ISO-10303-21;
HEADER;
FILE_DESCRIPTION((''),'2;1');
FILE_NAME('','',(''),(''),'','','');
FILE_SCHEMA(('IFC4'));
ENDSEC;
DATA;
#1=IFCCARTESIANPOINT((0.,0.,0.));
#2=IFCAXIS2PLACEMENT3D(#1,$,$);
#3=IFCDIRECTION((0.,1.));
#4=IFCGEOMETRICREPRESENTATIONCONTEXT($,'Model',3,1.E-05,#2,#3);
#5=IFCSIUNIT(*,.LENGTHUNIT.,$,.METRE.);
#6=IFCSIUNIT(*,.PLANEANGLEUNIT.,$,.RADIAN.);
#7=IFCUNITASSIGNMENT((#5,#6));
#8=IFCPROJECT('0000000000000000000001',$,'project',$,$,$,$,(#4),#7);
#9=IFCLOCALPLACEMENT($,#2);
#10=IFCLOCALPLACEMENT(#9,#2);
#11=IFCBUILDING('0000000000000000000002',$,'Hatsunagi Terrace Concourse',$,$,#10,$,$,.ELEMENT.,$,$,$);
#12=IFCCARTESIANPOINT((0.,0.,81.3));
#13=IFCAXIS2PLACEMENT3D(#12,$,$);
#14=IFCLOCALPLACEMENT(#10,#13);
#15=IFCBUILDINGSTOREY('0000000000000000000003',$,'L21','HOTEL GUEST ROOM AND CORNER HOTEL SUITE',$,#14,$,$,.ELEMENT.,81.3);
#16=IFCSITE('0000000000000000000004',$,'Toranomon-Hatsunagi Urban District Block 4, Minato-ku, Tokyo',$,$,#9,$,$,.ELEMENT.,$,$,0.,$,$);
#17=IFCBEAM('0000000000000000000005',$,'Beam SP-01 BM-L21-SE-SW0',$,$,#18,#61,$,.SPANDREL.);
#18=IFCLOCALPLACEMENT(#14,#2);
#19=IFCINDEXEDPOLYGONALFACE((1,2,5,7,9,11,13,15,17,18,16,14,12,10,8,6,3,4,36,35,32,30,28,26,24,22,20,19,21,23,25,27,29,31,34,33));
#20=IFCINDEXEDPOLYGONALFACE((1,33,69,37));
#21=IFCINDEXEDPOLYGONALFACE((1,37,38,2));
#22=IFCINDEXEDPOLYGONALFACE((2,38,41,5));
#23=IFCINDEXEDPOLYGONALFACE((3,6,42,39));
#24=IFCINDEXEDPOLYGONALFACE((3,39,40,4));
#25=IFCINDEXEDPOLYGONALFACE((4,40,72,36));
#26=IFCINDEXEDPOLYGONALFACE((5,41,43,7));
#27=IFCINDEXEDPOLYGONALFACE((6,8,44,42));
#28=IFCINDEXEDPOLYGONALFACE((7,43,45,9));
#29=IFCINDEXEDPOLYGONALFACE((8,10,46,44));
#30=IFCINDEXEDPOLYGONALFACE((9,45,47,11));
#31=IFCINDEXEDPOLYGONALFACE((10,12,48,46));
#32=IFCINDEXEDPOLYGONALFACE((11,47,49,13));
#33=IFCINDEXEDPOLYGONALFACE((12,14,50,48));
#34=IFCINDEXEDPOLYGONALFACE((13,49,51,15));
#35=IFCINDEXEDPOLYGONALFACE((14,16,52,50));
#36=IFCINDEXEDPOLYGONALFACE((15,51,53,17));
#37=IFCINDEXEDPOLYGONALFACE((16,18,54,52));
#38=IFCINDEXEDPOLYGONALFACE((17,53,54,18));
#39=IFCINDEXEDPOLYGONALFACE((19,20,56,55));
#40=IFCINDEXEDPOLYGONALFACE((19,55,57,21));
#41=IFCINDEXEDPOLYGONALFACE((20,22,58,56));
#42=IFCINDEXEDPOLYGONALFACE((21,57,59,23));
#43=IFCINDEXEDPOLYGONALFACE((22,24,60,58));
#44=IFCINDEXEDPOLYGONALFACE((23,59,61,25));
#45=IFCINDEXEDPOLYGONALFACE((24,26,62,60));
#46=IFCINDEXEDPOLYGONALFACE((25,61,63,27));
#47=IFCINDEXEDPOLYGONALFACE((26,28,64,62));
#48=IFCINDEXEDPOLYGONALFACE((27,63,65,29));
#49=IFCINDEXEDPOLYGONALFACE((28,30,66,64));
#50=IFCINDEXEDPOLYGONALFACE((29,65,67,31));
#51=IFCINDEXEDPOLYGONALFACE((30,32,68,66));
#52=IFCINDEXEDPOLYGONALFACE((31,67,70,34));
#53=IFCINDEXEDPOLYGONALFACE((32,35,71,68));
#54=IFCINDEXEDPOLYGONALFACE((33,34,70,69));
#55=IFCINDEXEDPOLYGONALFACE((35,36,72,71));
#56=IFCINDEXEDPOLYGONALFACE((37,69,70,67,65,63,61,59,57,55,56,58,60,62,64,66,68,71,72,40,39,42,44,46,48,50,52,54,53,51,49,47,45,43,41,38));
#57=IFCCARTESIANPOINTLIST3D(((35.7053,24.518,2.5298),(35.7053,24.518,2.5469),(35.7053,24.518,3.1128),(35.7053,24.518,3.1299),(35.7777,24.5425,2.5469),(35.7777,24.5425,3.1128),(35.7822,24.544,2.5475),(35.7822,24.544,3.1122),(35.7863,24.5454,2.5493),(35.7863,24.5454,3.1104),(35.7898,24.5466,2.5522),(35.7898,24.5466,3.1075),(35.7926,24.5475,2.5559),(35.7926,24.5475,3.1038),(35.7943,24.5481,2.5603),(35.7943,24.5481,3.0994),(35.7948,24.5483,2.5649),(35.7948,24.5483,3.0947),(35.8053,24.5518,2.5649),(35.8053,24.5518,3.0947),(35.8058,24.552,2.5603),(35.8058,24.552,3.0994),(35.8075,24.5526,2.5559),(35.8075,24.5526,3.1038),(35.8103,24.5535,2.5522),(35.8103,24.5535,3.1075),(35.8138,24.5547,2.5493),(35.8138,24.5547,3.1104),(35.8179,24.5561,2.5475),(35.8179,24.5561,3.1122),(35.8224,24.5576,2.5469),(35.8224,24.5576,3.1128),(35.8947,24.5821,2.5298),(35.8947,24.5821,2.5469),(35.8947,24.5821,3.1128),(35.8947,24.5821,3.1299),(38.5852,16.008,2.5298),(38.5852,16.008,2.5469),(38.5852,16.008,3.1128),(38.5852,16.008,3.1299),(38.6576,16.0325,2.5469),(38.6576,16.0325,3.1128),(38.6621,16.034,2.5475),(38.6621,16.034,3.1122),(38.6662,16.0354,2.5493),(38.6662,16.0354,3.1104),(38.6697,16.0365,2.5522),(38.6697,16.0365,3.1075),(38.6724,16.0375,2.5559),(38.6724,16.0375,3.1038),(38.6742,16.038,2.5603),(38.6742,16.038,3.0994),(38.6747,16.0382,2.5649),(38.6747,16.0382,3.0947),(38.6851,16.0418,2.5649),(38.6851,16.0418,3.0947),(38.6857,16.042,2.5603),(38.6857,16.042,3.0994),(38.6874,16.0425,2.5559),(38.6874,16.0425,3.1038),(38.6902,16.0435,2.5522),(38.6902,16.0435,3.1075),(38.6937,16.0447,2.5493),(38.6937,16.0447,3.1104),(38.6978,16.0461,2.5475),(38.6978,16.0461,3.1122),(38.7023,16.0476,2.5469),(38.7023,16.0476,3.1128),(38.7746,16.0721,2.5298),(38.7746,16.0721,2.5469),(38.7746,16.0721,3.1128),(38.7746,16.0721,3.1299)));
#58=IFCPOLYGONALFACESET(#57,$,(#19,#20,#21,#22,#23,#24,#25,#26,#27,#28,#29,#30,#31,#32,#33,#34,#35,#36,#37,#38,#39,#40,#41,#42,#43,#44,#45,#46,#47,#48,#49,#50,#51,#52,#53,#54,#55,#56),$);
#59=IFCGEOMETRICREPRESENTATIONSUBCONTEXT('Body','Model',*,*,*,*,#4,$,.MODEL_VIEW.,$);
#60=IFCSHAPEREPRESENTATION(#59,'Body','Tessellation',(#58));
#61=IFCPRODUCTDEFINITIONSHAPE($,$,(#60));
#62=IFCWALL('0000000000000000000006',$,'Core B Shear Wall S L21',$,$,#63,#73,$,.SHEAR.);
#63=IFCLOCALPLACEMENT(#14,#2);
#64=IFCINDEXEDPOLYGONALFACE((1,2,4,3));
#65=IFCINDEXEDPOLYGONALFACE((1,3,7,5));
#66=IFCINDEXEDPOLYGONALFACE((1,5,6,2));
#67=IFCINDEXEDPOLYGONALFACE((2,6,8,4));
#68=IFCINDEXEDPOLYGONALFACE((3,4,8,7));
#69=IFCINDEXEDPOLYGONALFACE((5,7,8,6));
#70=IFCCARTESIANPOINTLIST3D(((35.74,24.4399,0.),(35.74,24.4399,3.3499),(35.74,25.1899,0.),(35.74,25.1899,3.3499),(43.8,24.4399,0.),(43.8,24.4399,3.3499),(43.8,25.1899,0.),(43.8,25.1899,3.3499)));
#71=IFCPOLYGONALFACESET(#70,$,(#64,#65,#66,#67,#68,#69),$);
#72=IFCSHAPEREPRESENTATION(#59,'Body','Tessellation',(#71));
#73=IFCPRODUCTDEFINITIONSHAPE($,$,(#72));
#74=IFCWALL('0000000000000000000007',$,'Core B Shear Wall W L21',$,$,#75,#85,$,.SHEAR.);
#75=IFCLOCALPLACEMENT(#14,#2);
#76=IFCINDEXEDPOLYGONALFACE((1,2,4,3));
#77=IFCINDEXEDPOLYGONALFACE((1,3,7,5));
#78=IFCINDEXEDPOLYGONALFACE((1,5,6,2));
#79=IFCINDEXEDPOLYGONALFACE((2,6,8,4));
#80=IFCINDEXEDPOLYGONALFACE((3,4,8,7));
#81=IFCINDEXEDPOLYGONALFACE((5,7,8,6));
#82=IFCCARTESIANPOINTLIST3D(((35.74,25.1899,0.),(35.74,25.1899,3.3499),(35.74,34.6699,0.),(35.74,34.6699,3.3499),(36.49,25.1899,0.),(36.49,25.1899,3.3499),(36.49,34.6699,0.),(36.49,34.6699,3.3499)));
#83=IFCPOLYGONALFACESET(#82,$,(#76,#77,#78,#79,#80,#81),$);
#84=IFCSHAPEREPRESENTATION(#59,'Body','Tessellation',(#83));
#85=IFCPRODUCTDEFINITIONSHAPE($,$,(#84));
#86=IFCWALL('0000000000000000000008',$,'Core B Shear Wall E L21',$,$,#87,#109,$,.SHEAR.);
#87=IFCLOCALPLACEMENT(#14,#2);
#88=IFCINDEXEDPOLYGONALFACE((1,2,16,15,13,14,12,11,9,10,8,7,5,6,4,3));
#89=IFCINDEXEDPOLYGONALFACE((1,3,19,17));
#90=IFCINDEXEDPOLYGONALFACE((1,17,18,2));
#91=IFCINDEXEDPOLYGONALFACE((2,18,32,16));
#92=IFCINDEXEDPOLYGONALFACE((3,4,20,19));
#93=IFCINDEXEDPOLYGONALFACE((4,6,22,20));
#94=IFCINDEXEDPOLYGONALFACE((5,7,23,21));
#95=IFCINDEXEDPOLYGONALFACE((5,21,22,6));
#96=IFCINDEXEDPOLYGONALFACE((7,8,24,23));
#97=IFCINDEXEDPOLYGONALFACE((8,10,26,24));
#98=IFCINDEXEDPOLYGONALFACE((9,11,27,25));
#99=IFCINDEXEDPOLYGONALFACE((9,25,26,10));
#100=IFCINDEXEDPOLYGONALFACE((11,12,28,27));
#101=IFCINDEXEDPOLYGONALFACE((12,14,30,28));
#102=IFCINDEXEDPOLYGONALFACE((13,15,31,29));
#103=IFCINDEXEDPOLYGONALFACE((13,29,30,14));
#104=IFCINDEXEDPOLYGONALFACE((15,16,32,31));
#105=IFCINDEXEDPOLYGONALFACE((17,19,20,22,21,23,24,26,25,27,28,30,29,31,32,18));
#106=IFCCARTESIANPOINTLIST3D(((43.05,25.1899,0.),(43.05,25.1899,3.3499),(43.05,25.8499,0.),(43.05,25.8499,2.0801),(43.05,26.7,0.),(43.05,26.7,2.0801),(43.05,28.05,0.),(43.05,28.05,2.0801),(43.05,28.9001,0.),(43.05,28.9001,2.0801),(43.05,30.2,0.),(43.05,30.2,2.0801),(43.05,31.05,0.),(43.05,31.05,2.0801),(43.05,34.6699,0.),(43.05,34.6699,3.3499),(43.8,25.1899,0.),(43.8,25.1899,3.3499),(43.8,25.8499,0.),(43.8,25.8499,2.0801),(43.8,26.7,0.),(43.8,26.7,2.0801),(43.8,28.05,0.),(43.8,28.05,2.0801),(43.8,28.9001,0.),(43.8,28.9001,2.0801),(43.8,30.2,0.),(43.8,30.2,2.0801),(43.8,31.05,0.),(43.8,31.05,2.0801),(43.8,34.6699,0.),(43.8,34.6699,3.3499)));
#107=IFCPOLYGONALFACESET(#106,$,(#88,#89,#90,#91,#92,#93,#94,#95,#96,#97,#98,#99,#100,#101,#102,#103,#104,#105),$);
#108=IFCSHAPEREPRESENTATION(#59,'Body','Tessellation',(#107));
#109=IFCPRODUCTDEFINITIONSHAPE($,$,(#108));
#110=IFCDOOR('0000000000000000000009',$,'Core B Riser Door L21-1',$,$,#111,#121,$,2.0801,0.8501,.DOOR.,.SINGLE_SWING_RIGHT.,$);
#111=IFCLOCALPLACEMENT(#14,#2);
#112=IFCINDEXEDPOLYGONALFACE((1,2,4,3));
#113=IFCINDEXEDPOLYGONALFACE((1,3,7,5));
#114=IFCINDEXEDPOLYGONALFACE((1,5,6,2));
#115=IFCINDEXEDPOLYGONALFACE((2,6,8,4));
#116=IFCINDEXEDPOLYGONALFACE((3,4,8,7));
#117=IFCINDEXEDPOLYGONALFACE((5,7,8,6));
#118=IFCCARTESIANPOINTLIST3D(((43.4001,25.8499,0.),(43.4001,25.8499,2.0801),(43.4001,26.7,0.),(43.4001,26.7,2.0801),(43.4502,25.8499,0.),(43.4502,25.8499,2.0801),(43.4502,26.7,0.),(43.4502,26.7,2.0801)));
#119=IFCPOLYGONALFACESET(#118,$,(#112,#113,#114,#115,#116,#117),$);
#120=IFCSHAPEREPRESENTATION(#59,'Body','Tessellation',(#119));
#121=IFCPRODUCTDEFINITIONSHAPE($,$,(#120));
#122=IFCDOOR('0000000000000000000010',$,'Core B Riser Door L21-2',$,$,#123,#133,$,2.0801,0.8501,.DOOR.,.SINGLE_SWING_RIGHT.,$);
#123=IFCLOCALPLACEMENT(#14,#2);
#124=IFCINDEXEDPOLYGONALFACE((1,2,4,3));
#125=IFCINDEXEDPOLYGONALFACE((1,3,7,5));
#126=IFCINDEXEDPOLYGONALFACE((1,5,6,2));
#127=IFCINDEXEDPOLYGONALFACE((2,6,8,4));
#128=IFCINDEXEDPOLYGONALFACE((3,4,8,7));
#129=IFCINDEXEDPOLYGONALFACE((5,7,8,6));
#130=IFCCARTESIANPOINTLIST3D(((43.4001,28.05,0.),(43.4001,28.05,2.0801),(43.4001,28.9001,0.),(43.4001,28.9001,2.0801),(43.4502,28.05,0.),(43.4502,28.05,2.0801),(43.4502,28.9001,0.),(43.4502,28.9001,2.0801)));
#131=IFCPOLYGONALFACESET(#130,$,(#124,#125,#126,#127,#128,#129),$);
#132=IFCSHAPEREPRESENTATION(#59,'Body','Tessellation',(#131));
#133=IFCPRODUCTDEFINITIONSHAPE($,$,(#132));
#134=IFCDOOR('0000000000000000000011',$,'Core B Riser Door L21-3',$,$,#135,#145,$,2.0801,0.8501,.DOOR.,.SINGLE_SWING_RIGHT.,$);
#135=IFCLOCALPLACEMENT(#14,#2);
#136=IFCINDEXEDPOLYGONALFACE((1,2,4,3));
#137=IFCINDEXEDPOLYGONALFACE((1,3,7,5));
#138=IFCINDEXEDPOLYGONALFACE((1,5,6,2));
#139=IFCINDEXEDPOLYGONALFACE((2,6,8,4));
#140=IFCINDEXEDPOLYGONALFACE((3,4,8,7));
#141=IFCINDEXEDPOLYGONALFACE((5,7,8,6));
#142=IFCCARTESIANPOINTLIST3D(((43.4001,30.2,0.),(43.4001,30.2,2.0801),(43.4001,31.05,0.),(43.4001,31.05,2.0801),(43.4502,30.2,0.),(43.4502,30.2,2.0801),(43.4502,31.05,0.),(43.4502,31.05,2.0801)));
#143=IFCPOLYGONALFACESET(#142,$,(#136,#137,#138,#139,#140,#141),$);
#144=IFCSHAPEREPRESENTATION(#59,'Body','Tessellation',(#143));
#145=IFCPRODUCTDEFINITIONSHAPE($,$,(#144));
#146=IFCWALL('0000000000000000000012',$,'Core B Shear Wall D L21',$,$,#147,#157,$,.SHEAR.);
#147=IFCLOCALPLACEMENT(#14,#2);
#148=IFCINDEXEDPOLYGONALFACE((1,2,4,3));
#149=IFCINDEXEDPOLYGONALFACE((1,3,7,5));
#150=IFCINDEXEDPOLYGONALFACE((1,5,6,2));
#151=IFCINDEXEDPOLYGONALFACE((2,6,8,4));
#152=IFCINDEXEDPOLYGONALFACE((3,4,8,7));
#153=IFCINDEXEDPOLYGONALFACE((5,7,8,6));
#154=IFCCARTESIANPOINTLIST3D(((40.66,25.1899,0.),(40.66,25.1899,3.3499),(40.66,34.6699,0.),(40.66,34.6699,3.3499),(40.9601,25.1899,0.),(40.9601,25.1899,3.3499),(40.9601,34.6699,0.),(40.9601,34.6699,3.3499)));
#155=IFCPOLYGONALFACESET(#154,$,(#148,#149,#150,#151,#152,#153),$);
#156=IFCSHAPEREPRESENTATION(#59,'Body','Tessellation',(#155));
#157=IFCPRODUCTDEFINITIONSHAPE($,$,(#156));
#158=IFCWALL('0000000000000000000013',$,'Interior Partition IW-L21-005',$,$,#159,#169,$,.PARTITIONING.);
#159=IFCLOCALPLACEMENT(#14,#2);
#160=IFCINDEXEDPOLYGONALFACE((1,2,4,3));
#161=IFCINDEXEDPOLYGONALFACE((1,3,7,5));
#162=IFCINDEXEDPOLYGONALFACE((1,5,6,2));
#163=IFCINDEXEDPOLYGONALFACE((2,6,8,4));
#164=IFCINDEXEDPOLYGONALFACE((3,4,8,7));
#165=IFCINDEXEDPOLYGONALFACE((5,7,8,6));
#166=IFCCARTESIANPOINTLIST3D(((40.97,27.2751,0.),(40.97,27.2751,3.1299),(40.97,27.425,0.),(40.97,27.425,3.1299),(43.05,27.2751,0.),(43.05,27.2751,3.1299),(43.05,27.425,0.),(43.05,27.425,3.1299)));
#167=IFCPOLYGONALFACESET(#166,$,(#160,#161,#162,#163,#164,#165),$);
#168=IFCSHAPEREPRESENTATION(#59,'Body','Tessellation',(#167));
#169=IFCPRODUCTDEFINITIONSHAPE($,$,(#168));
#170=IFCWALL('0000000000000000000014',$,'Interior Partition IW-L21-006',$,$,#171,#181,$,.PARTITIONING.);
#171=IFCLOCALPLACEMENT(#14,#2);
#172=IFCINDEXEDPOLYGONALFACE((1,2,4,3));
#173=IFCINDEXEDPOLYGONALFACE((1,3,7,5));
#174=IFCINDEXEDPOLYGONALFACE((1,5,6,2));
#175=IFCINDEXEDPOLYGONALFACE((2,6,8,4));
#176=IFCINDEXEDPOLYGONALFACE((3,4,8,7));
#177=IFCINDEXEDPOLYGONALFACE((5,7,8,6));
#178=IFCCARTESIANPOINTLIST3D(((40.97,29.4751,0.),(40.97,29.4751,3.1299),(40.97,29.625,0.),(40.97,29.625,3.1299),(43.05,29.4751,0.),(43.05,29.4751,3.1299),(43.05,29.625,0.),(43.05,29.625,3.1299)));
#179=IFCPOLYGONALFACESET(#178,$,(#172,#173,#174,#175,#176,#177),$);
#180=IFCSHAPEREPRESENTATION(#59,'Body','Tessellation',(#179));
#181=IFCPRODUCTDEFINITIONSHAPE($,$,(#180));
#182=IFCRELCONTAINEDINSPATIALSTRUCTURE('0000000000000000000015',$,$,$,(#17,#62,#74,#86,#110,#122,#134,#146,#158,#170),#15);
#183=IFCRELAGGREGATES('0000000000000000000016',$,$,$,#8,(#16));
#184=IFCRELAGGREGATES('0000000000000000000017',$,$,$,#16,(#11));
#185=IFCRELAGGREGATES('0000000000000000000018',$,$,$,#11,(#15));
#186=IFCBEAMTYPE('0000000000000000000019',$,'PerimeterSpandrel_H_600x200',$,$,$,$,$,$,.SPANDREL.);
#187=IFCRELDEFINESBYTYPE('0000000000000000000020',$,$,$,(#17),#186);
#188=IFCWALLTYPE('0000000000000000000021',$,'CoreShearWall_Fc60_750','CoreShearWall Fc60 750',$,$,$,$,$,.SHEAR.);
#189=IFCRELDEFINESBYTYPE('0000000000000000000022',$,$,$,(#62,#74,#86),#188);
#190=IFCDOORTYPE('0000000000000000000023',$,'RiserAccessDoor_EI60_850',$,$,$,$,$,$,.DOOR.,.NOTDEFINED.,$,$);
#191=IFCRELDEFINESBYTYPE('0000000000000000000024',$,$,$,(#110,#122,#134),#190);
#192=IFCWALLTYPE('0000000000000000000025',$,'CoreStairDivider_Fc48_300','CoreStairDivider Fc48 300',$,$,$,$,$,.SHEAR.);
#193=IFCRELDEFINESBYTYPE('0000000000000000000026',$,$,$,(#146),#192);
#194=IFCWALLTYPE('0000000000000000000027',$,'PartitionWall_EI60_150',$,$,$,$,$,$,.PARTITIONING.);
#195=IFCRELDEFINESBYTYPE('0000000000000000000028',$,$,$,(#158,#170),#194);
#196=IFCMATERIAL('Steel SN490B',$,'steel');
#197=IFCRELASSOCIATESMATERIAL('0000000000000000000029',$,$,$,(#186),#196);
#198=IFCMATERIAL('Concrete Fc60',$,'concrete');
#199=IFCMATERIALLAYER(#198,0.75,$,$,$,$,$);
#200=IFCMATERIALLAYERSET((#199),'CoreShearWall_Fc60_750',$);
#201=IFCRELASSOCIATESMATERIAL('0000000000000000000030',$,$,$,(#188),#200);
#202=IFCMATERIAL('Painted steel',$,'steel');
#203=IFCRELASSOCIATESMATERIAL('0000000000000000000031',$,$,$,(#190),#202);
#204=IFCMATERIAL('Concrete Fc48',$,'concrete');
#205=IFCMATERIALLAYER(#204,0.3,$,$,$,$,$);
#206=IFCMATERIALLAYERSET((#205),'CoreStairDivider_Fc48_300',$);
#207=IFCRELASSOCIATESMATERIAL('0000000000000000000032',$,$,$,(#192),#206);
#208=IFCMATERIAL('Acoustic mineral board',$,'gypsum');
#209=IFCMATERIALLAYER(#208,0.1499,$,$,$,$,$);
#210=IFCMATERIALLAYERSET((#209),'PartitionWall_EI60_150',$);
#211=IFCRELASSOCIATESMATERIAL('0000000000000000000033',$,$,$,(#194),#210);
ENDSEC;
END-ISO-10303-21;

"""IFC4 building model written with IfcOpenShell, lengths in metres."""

from ifc_helpers import new_model, si_unit, direction, frame, frame_2d, origin, origin_2d, place, context, subcontext, project, spatial, rectangle, i_section, extrude, material, layer, layer_set, material_profile, profile_set, type_object, element, fill, save


model = new_model("IFC4")

# Units and contexts
model_context = context("Model", 3, precision=1e-05, world=origin(), true_north=direction((0.0, 1.0)))
body_context = subcontext(model_context, "Body", "Model", "MODEL_VIEW")
ifc_project = project(units=[si_unit("LENGTHUNIT", "METRE"), si_unit("PLANEANGLEUNIT", "RADIAN")], contexts=[model_context])

# Site, building, storey
site_placement = place(None, origin())
site = spatial("IfcSite", under=ifc_project, at=site_placement, Name="Toranomon-Hatsunagi Urban District Block 4, Minato-ku, Tokyo", CompositionType="ELEMENT", RefElevation=0.0)
building_placement = place(site_placement, origin())
building = spatial("IfcBuilding", under=site, at=building_placement, Name="Hatsunagi Terrace Concourse", CompositionType="ELEMENT")
storey_placement = place(building_placement, frame((0.0, 0.0, 81.3)))
storey = spatial("IfcBuildingStorey", under=building, at=storey_placement, Name="L21", Description="HOTEL GUEST ROOM AND CORNER HOTEL SUITE", CompositionType="ELEMENT", Elevation=81.3)

# Beam
ifc_material_1 = material(Name="Steel SN490B", Category="steel")
ifc_material_profile_1 = material_profile(ifc_material_1, i_section(OverallWidth=0.2, OverallDepth=0.6001, WebThickness=0.011, FlangeThickness=0.0171, FilletRadius=0.0181, at=origin_2d()), Name="H-600x200x11x17")
ifc_profile_set_1 = profile_set([ifc_material_profile_1], Name="Steel SN490B")
beam_type_1 = type_object("IfcBeamType", Name="PerimeterSpandrel_H_600x200", PredefinedType="SPANDREL", material=ifc_profile_set_1)
beam_1_placement = place(storey_placement, frame((35.8, 24.55, 2.8298), z_axis=(0.320553, -0.94723, 0.0), x_axis=(0.94723, 0.320553, 0.0)))
element("IfcBeam", 1, at=beam_1_placement, inside=storey, type_object=beam_type_1, Name="Beam SP-01 BM-L21-SE-SW0", PredefinedType="SPANDREL", context=body_context, shape_type="SweptSolid", body=[
    extrude(i_section(OverallWidth=0.2, OverallDepth=0.6001, WebThickness=0.011, FlangeThickness=0.0171, FilletRadius=0.0181, at=origin_2d()), origin(), (0.0, 0.0, 1.0), 8.9841),
])

# Walls
ifc_material_2 = material(Name="Concrete Fc60", Category="concrete")
ifc_layer_1 = layer(ifc_material_2, 0.75)
ifc_layer_set_1 = layer_set([ifc_layer_1], Name="CoreShearWall_Fc60_750")
wall_type_1 = type_object("IfcWallType", Name="CoreShearWall_Fc60_750", Description="CoreShearWall Fc60 750", PredefinedType="SHEAR", material=ifc_layer_set_1)
wall_1_placement = place(storey_placement, frame((35.74, 24.8149, 0.0), z_axis=(0.0, 0.0, 1.0), x_axis=(1.0, 0.0, 0.0)))
element("IfcWall", 2, at=wall_1_placement, inside=storey, type_object=wall_type_1, Name="Core B Shear Wall S L21", PredefinedType="SHEAR", context=body_context, shape_type="SweptSolid", body=[
    extrude(rectangle(XDim=8.0601, YDim=0.75, at=frame_2d((4.03, 0.0))), origin(), (0.0, 0.0, 1.0), 3.3499),
])
wall_2_placement = place(storey_placement, frame((36.115, 25.1899, 0.0), z_axis=(0.0, 0.0, 1.0), x_axis=(0.0, 1.0, 0.0)))
element("IfcWall", 3, at=wall_2_placement, inside=storey, type_object=wall_type_1, Name="Core B Shear Wall W L21", PredefinedType="SHEAR", context=body_context, shape_type="SweptSolid", body=[
    extrude(rectangle(XDim=9.48, YDim=0.75, at=frame_2d((4.74, 0.0))), origin(), (0.0, 0.0, 1.0), 3.3499),
])

# Wall, openings, doors
wall_3_placement = place(storey_placement, frame((43.425, 25.1899, 0.0), z_axis=(0.0, 0.0, 1.0), x_axis=(0.0, 1.0, 0.0)))
wall_3 = element("IfcWall", 4, at=wall_3_placement, inside=storey, type_object=wall_type_1, Name="Core B Shear Wall E L21", PredefinedType="SHEAR", context=body_context, shape_type="SweptSolid", body=[
    extrude(rectangle(XDim=9.48, YDim=0.75, at=frame_2d((4.74, 0.0))), origin(), (0.0, 0.0, 1.0), 3.3499),
])
opening_1_placement = place(wall_3_placement, frame((0.6599, 0.0, 0.0)))
opening_1 = element("IfcOpeningElement", 5, at=opening_1_placement, cuts=wall_3, PredefinedType="OPENING", context=body_context, shape_type="SweptSolid", body=[
    extrude(rectangle(XDim=0.8501, YDim=2.0801, at=frame_2d((0.425, 1.04))), frame((0.0, 0.385, 0.0), z_axis=(0.0, -1.0, 0.0), x_axis=(1.0, 0.0, 0.0)), (0.0, 0.0, 1.0), 0.77),
])
opening_2_placement = place(wall_3_placement, frame((2.8601, 0.0, 0.0)))
opening_2 = element("IfcOpeningElement", 6, at=opening_2_placement, cuts=wall_3, PredefinedType="OPENING", context=body_context, shape_type="SweptSolid", body=[
    extrude(rectangle(XDim=0.8501, YDim=2.0801, at=frame_2d((0.425, 1.04))), frame((0.0, 0.385, 0.0), z_axis=(0.0, -1.0, 0.0), x_axis=(1.0, 0.0, 0.0)), (0.0, 0.0, 1.0), 0.77),
])
opening_3_placement = place(wall_3_placement, frame((5.01, 0.0, 0.0)))
opening_3 = element("IfcOpeningElement", 7, at=opening_3_placement, cuts=wall_3, PredefinedType="OPENING", context=body_context, shape_type="SweptSolid", body=[
    extrude(rectangle(XDim=0.8501, YDim=2.0801, at=frame_2d((0.425, 1.04))), frame((0.0, 0.385, 0.0), z_axis=(0.0, -1.0, 0.0), x_axis=(1.0, 0.0, 0.0)), (0.0, 0.0, 1.0), 0.77),
])
ifc_material_3 = material(Name="Painted steel", Category="steel")
door_type_1 = type_object("IfcDoorType", Name="RiserAccessDoor_EI60_850", OperationType="NOTDEFINED", PredefinedType="DOOR", material=ifc_material_3)
door_1_placement = place(opening_1_placement, origin())
door_1 = element("IfcDoor", 8, at=door_1_placement, inside=storey, type_object=door_type_1, Name="Core B Riser Door L21-1", OperationType="SINGLE_SWING_RIGHT", OverallHeight=2.0801, OverallWidth=0.8501, PredefinedType="DOOR", context=body_context, shape_type="SweptSolid", body=[
    extrude(rectangle(XDim=0.8501, YDim=2.0801, at=frame_2d((0.425, 1.04))), frame((0.0, 0.0249, 0.0), z_axis=(0.0, -1.0, 0.0), x_axis=(1.0, 0.0, 0.0)), (0.0, 0.0, 1.0), 0.05),
])
fill(opening_1, door_1)
door_2_placement = place(opening_2_placement, origin())
door_2 = element("IfcDoor", 9, at=door_2_placement, inside=storey, type_object=door_type_1, Name="Core B Riser Door L21-2", OperationType="SINGLE_SWING_RIGHT", OverallHeight=2.0801, OverallWidth=0.8501, PredefinedType="DOOR", context=body_context, shape_type="SweptSolid", body=[
    extrude(rectangle(XDim=0.8501, YDim=2.0801, at=frame_2d((0.425, 1.04))), frame((0.0, 0.0249, 0.0), z_axis=(0.0, -1.0, 0.0), x_axis=(1.0, 0.0, 0.0)), (0.0, 0.0, 1.0), 0.05),
])
fill(opening_2, door_2)
door_3_placement = place(opening_3_placement, origin())
door_3 = element("IfcDoor", 10, at=door_3_placement, inside=storey, type_object=door_type_1, Name="Core B Riser Door L21-3", OperationType="SINGLE_SWING_RIGHT", OverallHeight=2.0801, OverallWidth=0.8501, PredefinedType="DOOR", context=body_context, shape_type="SweptSolid", body=[
    extrude(rectangle(XDim=0.8501, YDim=2.0801, at=frame_2d((0.425, 1.04))), frame((0.0, 0.0249, 0.0), z_axis=(0.0, -1.0, 0.0), x_axis=(1.0, 0.0, 0.0)), (0.0, 0.0, 1.0), 0.05),
])
fill(opening_3, door_3)

# Walls
ifc_material_4 = material(Name="Concrete Fc48", Category="concrete")
ifc_layer_2 = layer(ifc_material_4, 0.3)
ifc_layer_set_2 = layer_set([ifc_layer_2], Name="CoreStairDivider_Fc48_300")
wall_type_2 = type_object("IfcWallType", Name="CoreStairDivider_Fc48_300", Description="CoreStairDivider Fc48 300", PredefinedType="SHEAR", material=ifc_layer_set_2)
wall_4_placement = place(storey_placement, frame((40.8101, 25.1899, 0.0), z_axis=(0.0, 0.0, 1.0), x_axis=(0.0, 1.0, 0.0)))
element("IfcWall", 11, at=wall_4_placement, inside=storey, type_object=wall_type_2, Name="Core B Shear Wall D L21", PredefinedType="SHEAR", context=body_context, shape_type="SweptSolid", body=[
    extrude(rectangle(XDim=9.48, YDim=0.3, at=frame_2d((4.74, 0.0))), origin(), (0.0, 0.0, 1.0), 3.3499),
])
ifc_material_5 = material(Name="Acoustic mineral board", Category="gypsum")
ifc_layer_3 = layer(ifc_material_5, 0.1499)
ifc_layer_set_3 = layer_set([ifc_layer_3], Name="PartitionWall_EI60_150")
wall_type_3 = type_object("IfcWallType", Name="PartitionWall_EI60_150", PredefinedType="PARTITIONING", material=ifc_layer_set_3)
for number, where, z_axis, x_axis, name in (
    (12, (40.97, 27.3501, 0.0), (0.0, 0.0, 1.0), (1.0, 0.0, 0.0), "Interior Partition IW-L21-005"),
    (13, (40.97, 29.55, 0.0), (0.0, 0.0, 1.0), (1.0, 0.0, 0.0), "Interior Partition IW-L21-006"),
):
    element("IfcWall", number, at=place(storey_placement, frame(where, z_axis=z_axis, x_axis=x_axis)), inside=storey, type_object=wall_type_3, Name=name, PredefinedType="PARTITIONING", context=body_context, shape_type="SweptSolid", body=[
        extrude(rectangle(XDim=2.0801, YDim=0.1499, at=frame_2d((1.04, 0.0))), origin(), (0.0, 0.0, 1.0), 3.1299),
    ])

save(model, "model.ifc")
